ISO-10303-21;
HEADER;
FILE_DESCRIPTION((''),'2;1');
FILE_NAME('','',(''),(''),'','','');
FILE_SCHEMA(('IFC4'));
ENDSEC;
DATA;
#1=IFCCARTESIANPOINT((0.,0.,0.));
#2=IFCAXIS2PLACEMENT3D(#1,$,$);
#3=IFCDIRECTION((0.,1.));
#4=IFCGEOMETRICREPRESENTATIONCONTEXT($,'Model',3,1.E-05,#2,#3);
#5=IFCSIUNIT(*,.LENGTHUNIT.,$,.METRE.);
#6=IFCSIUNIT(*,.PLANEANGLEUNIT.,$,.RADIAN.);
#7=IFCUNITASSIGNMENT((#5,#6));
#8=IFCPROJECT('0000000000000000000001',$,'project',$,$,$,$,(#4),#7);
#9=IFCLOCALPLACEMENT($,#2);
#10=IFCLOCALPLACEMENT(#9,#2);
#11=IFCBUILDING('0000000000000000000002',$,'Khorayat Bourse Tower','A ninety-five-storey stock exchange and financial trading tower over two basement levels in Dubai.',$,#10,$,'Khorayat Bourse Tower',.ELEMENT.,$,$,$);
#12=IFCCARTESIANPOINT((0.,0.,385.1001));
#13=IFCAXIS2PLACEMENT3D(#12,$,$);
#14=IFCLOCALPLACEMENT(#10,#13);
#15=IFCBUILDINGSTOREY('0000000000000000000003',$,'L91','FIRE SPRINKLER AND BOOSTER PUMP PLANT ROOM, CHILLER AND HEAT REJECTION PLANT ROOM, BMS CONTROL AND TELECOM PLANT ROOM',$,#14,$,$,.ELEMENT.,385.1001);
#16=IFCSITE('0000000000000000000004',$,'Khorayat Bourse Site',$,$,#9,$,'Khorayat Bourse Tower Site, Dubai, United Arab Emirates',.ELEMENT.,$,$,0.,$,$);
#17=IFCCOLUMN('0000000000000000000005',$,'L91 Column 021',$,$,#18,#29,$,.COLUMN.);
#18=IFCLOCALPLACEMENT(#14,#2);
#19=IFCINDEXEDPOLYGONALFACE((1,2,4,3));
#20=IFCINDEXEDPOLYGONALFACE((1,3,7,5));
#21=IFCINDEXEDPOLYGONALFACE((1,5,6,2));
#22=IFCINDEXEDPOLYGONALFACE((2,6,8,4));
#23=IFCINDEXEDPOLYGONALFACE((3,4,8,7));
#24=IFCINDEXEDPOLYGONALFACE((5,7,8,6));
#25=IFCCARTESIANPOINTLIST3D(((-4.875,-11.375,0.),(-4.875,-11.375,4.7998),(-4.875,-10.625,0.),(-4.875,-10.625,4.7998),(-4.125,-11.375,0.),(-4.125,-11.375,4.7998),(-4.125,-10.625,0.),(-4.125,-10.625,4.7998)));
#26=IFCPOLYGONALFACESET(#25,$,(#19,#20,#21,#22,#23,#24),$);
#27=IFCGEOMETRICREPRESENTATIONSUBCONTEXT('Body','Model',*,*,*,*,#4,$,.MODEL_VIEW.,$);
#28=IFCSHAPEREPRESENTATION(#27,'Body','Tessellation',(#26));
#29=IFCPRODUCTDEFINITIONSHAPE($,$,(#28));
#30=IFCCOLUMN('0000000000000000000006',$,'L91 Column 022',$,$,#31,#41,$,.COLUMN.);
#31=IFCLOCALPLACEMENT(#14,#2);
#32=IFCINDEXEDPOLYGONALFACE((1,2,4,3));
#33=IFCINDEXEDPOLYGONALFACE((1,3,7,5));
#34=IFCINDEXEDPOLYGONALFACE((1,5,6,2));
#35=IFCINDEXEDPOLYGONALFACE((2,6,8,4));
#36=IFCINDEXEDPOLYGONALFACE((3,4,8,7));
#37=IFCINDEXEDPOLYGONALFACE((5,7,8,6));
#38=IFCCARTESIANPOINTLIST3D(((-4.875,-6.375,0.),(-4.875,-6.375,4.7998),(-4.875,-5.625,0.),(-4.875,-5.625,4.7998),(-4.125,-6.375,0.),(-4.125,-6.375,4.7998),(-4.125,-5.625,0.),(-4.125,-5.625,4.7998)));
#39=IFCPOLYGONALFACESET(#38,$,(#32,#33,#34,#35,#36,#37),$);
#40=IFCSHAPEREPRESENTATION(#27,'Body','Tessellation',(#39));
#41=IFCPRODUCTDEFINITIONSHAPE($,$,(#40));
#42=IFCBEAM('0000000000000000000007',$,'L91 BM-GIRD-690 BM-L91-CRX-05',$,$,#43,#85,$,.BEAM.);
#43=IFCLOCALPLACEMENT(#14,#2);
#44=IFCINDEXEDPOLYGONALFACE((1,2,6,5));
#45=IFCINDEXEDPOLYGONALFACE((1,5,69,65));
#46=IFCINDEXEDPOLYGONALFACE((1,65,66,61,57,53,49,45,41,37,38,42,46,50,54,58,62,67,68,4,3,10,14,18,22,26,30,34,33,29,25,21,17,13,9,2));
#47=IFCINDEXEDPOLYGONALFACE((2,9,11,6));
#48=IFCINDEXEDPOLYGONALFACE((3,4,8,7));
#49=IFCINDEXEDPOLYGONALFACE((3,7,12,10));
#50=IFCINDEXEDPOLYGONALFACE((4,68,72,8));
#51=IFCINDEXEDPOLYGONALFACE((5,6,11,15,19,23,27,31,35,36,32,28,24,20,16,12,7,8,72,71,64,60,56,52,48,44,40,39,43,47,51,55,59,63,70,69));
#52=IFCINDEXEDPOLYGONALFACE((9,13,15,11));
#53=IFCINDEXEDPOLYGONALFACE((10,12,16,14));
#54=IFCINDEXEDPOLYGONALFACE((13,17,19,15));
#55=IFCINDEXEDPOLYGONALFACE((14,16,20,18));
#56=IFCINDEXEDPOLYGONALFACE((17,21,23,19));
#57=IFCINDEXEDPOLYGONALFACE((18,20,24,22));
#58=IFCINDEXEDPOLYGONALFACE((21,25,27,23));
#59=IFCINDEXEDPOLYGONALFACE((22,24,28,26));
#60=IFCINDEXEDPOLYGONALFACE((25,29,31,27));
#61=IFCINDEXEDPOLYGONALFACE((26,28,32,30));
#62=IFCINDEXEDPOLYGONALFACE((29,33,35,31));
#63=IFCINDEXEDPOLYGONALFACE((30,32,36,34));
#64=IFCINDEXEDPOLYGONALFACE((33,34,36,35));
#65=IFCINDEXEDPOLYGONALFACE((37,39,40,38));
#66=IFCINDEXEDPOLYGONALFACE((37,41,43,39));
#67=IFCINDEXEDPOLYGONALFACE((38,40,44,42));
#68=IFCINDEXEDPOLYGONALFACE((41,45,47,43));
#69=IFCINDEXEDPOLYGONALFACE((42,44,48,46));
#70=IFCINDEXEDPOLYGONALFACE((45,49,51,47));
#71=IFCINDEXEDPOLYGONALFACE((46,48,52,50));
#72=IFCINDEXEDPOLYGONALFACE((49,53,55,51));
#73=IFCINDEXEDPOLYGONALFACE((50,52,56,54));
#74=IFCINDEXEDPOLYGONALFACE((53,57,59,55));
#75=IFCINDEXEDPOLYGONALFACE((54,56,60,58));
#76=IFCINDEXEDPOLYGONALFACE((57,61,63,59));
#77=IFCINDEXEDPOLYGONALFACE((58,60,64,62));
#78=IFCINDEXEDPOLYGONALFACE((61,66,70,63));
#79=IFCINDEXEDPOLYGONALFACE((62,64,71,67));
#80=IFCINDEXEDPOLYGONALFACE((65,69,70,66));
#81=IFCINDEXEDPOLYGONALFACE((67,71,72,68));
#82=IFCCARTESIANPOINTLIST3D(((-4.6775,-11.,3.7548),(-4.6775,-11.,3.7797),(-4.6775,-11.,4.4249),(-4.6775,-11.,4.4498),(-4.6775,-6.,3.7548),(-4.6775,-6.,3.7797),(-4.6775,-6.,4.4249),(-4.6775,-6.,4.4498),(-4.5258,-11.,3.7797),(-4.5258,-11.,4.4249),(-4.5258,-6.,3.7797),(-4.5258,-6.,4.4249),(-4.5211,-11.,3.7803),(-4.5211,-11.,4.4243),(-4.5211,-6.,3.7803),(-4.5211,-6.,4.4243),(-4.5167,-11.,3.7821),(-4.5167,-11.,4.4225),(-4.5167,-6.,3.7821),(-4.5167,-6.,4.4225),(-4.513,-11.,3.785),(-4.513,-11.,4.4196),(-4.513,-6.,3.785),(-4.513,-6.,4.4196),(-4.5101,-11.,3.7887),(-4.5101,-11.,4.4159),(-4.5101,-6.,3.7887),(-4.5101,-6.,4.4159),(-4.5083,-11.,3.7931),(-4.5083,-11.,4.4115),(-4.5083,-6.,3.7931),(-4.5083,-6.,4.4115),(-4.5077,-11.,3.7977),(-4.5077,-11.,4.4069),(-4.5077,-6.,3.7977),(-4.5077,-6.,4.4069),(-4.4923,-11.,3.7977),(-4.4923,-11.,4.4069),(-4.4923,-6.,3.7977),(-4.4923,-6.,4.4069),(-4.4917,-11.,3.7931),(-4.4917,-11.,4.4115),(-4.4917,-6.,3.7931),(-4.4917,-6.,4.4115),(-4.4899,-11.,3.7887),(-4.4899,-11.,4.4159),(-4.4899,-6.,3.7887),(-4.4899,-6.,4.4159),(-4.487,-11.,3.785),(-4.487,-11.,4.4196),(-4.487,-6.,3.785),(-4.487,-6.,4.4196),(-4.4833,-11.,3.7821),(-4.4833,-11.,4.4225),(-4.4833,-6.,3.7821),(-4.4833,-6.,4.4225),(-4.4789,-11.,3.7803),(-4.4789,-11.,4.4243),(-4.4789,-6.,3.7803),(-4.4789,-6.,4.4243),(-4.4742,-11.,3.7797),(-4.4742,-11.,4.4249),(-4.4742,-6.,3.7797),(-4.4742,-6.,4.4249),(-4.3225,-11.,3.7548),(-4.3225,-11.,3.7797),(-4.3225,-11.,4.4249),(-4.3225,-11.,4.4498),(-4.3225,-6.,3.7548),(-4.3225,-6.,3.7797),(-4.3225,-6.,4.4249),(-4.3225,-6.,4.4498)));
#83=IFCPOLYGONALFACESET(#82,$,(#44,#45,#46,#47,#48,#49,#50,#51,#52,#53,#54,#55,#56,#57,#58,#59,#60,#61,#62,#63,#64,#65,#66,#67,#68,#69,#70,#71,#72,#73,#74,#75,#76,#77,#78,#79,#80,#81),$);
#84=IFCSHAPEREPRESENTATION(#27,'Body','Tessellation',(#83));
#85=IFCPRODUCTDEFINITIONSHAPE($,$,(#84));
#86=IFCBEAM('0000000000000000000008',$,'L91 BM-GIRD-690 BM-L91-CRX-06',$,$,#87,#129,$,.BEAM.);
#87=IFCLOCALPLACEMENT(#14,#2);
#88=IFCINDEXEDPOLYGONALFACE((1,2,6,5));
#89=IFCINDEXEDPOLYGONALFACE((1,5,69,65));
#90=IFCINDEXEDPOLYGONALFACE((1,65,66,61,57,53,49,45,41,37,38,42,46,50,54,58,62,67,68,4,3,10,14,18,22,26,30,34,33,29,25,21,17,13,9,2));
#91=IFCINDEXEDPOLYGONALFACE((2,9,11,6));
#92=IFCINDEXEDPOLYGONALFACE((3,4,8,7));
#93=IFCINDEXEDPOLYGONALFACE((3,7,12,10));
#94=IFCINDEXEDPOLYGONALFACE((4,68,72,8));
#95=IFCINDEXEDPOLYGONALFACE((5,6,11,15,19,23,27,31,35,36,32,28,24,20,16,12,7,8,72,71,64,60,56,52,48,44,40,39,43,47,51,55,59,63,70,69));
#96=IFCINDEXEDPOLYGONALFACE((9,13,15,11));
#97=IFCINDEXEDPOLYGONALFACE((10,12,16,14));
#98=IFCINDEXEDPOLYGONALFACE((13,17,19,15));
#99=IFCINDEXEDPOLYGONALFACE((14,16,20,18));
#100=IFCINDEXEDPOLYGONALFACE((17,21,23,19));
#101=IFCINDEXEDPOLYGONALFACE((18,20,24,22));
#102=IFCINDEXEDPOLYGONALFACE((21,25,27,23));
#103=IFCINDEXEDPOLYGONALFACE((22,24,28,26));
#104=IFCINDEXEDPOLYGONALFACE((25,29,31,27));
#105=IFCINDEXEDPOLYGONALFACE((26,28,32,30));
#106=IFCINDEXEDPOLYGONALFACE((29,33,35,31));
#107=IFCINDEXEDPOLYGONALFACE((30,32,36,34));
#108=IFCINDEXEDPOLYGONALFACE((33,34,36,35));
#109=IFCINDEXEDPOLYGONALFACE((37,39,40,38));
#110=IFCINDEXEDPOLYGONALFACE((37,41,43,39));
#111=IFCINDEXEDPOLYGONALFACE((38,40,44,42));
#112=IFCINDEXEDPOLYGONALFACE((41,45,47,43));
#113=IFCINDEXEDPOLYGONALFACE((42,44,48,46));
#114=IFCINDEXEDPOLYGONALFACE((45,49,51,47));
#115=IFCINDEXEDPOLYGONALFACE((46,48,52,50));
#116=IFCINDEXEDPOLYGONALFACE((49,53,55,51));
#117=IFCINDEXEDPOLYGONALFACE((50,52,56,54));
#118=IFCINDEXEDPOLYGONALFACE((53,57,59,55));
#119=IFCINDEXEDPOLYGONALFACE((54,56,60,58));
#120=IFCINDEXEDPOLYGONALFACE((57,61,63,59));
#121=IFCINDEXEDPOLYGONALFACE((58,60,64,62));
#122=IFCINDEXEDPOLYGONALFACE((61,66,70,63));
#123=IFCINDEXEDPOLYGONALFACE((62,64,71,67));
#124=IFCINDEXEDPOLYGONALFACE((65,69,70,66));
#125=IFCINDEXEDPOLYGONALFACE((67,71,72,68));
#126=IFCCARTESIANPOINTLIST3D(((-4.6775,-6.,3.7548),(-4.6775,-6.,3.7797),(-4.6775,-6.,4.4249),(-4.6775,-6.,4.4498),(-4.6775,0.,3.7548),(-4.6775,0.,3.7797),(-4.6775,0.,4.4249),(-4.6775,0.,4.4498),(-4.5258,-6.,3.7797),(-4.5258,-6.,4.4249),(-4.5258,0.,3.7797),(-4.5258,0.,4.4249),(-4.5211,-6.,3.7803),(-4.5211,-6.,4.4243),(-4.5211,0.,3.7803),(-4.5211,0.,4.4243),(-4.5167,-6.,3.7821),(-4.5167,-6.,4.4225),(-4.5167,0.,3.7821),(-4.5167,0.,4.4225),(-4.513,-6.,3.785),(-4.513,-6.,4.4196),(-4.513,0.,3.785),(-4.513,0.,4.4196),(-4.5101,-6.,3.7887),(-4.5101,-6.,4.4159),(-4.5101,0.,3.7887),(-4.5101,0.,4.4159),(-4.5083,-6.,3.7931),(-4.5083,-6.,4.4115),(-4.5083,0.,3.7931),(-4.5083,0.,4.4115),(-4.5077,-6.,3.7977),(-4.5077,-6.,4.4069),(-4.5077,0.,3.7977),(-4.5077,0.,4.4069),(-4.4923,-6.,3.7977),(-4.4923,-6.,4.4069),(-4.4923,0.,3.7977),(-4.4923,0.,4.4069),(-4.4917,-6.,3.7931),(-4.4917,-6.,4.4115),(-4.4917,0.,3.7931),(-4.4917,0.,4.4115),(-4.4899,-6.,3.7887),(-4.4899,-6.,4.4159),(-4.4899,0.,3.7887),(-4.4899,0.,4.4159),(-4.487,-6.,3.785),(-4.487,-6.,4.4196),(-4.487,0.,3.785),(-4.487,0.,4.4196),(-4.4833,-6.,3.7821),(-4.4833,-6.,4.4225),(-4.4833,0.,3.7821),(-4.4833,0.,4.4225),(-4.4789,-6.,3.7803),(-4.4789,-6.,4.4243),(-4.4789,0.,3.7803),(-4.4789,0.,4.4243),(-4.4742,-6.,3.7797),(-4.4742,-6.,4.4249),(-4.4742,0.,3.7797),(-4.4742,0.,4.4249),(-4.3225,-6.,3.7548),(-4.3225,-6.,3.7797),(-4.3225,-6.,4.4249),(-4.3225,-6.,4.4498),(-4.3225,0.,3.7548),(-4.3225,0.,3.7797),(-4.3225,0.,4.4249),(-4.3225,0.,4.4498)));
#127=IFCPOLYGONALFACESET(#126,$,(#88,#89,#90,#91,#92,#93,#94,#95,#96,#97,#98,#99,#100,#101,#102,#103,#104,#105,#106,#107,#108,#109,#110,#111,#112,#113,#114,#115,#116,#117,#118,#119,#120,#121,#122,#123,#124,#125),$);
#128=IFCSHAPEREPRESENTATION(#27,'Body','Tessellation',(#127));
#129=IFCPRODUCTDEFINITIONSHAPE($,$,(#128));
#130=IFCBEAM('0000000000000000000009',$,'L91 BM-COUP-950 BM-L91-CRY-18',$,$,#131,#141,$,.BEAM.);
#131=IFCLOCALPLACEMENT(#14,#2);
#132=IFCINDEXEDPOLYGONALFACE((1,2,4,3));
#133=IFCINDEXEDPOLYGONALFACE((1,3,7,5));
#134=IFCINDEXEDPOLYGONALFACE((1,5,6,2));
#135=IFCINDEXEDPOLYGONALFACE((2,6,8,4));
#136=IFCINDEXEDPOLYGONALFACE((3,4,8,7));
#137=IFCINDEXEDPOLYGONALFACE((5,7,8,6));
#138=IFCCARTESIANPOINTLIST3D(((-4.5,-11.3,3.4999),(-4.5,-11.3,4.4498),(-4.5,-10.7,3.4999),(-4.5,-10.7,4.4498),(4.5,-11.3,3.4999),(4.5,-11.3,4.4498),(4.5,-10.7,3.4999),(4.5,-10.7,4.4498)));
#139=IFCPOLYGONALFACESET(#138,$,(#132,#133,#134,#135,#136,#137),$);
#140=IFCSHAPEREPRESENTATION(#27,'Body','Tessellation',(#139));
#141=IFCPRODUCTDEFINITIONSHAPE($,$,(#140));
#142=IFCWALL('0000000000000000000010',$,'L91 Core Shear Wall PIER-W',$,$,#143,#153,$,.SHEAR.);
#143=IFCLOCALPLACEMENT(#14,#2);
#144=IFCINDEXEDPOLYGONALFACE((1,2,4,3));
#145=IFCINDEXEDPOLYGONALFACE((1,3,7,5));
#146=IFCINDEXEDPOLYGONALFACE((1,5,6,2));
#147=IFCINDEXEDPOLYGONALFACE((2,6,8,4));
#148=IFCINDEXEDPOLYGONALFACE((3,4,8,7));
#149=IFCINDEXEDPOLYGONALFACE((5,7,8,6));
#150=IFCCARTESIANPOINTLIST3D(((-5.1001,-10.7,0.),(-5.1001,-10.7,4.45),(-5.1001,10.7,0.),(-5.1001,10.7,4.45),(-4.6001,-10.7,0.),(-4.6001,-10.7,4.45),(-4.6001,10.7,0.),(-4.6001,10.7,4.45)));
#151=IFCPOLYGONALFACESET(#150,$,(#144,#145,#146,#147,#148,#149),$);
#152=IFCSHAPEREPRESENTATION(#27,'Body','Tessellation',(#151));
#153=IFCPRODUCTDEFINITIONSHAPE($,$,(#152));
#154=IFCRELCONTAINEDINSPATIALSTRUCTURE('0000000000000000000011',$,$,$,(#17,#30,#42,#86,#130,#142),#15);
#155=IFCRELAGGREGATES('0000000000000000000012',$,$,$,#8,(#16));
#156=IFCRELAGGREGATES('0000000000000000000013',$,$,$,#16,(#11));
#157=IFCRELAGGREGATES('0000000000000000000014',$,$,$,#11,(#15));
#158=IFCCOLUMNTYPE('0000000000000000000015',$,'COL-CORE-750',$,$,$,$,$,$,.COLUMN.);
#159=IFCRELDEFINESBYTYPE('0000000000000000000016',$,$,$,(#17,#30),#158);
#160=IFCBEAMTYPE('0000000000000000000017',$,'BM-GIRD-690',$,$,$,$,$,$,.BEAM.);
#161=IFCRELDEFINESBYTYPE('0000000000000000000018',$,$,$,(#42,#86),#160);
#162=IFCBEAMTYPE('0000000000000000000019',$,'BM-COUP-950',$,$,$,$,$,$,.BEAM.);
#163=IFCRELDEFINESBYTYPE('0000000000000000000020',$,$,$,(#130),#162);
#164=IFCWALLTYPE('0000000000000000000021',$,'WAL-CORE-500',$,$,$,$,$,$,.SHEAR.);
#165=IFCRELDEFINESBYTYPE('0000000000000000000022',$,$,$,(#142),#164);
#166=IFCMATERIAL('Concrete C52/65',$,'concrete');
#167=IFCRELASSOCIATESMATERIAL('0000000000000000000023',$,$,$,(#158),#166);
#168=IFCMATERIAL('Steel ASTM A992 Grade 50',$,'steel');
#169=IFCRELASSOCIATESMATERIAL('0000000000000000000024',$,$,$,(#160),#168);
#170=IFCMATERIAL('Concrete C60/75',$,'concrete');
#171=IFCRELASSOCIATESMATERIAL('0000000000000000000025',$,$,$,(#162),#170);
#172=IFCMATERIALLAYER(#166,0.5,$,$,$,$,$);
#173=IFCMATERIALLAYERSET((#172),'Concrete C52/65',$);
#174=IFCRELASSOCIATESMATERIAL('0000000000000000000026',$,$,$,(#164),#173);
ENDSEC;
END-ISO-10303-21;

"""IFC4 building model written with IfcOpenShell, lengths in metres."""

from ifc_helpers import new_model, si_unit, direction, frame, frame_2d, origin, origin_2d, place, context, subcontext, project, spatial, rectangle, i_section, extrude, source, transform, mapped, material, layer, layer_set, material_profile, profile_set, type_object, element, save


model = new_model("IFC4")

# Units and contexts
model_context = context("Model", 3, precision=1e-05, world=origin(), true_north=direction((0.0, 1.0)))
body_context = subcontext(model_context, "Body", "Model", "MODEL_VIEW")
ifc_project = project(units=[si_unit("LENGTHUNIT", "METRE"), si_unit("PLANEANGLEUNIT", "RADIAN")], contexts=[model_context])

# Site, building, storey
site_placement = place(None, origin())
site = spatial("IfcSite", under=ifc_project, at=site_placement, Name="Khorayat Bourse Site", LongName="Khorayat Bourse Tower Site, Dubai, United Arab Emirates", CompositionType="ELEMENT", RefElevation=0.0)
building_placement = place(site_placement, origin())
building = spatial("IfcBuilding", under=site, at=building_placement, Name="Khorayat Bourse Tower", Description="A ninety-five-storey stock exchange and financial trading tower over two basement levels in Dubai.", LongName="Khorayat Bourse Tower", CompositionType="ELEMENT")
storey_placement = place(building_placement, frame((0.0, 0.0, 385.1001)))
storey = spatial("IfcBuildingStorey", under=building, at=storey_placement, Name="L91", Description="FIRE SPRINKLER AND BOOSTER PUMP PLANT ROOM, CHILLER AND HEAT REJECTION PLANT ROOM, BMS CONTROL AND TELECOM PLANT ROOM", CompositionType="ELEMENT", Elevation=385.1001)

# Columns
ifc_material_1 = material(Name="Concrete C52/65", Category="concrete")
ifc_material_profile_1 = material_profile(ifc_material_1, rectangle(XDim=0.75, YDim=0.75, at=origin_2d()), Name="RC 750x750")
ifc_profile_set_1 = profile_set([ifc_material_profile_1], Name="Concrete C52/65")
column_type = type_object("IfcColumnType", Name="COL-CORE-750", PredefinedType="COLUMN", material=ifc_profile_set_1)
shared_shape_1 = source(origin(), body_context, "Body", "SweptSolid", [
    extrude(rectangle(XDim=0.75, YDim=0.75, at=origin_2d()), origin(), (0.0, 0.0, 1.0), 4.7998),
])
for number, where, z_axis, x_axis, name in (
    (1, (-4.5, -11.0, 0.0), (0.0, 0.0, 1.0), (1.0, 0.0, 0.0), "L91 Column 021"),
    (2, (-4.5, -6.0, 0.0), (0.0, 0.0, 1.0), (1.0, 0.0, 0.0), "L91 Column 022"),
):
    element("IfcColumn", number, at=place(storey_placement, frame(where, z_axis=z_axis, x_axis=x_axis)), inside=storey, type_object=column_type, Name=name, PredefinedType="COLUMN", context=body_context, shape_type="MappedRepresentation", body=[
        mapped(shared_shape_1, transform((0.0, 0.0, 0.0), scale=1.0)),
    ])

# Beams
ifc_material_2 = material(Name="Steel ASTM A992 Grade 50", Category="steel")
ifc_material_profile_2 = material_profile(ifc_material_2, i_section(OverallWidth=0.355, OverallDepth=0.6951, WebThickness=0.0154, FlangeThickness=0.0249, FilletRadius=0.0181, at=origin_2d()), Name="W690X217")
ifc_profile_set_2 = profile_set([ifc_material_profile_2], Name="Steel ASTM A992 Grade 50")
beam_type_1 = type_object("IfcBeamType", Name="BM-GIRD-690", PredefinedType="BEAM", material=ifc_profile_set_2)
shared_shape_2 = source(origin(), body_context, "Body", "SweptSolid", [
    extrude(i_section(OverallWidth=0.355, OverallDepth=0.6951, WebThickness=0.0154, FlangeThickness=0.0249, FilletRadius=0.0181, at=origin_2d()), origin(), (0.0, 0.0, 1.0), 5.0),
])
beam_1_placement = place(storey_placement, frame((-4.5, -11.0, 4.1023), z_axis=(0.0, 1.0, 0.0), x_axis=(-1.0, 0.0, 0.0)))
element("IfcBeam", 3, at=beam_1_placement, inside=storey, type_object=beam_type_1, Name="L91 BM-GIRD-690 BM-L91-CRX-05", PredefinedType="BEAM", context=body_context, shape_type="MappedRepresentation", body=[
    mapped(shared_shape_2, transform((0.0, 0.0, 0.0), scale=1.0)),
])
shared_shape_3 = source(origin(), body_context, "Body", "SweptSolid", [
    extrude(i_section(OverallWidth=0.355, OverallDepth=0.6951, WebThickness=0.0154, FlangeThickness=0.0249, FilletRadius=0.0181, at=origin_2d()), origin(), (0.0, 0.0, 1.0), 6.0),
])
beam_2_placement = place(storey_placement, frame((-4.5, -6.0, 4.1023), z_axis=(0.0, 1.0, 0.0), x_axis=(-1.0, 0.0, 0.0)))
element("IfcBeam", 4, at=beam_2_placement, inside=storey, type_object=beam_type_1, Name="L91 BM-GIRD-690 BM-L91-CRX-06", PredefinedType="BEAM", context=body_context, shape_type="MappedRepresentation", body=[
    mapped(shared_shape_3, transform((0.0, 0.0, 0.0), scale=1.0)),
])
ifc_material_3 = material(Name="Concrete C60/75", Category="concrete")
ifc_material_profile_3 = material_profile(ifc_material_3, rectangle(XDim=0.6001, YDim=0.95, at=origin_2d()), Name="RC 600x950")
ifc_profile_set_3 = profile_set([ifc_material_profile_3], Name="Concrete C60/75")
beam_type_2 = type_object("IfcBeamType", Name="BM-COUP-950", PredefinedType="BEAM", material=ifc_profile_set_3)
shared_shape_4 = source(origin(), body_context, "Body", "SweptSolid", [
    extrude(rectangle(XDim=0.6001, YDim=0.95, at=origin_2d()), origin(), (0.0, 0.0, 1.0), 9.0),
])
beam_3_placement = place(storey_placement, frame((-4.5, -11.0, 3.9749), z_axis=(1.0, 0.0, 0.0), x_axis=(0.0, 1.0, 0.0)))
element("IfcBeam", 5, at=beam_3_placement, inside=storey, type_object=beam_type_2, Name="L91 BM-COUP-950 BM-L91-CRY-18", PredefinedType="BEAM", context=body_context, shape_type="MappedRepresentation", body=[
    mapped(shared_shape_4, transform((0.0, 0.0, 0.0), scale=1.0)),
])

# Wall
ifc_layer_1 = layer(ifc_material_1, 0.5)
ifc_layer_set_1 = layer_set([ifc_layer_1], Name="Concrete C52/65")
wall_type_1 = type_object("IfcWallType", Name="WAL-CORE-500", PredefinedType="SHEAR", material=ifc_layer_set_1)
shared_shape_5 = source(origin(), body_context, "Body", "SweptSolid", [
    extrude(rectangle(XDim=21.3999, YDim=0.5, at=frame_2d((10.7, 0.0))), origin(), (0.0, 0.0, 1.0), 4.45),
])
wall_1_placement = place(storey_placement, frame((-4.8501, -10.7, 0.0), z_axis=(0.0, 0.0, 1.0), x_axis=(0.0, 1.0, 0.0)))
element("IfcWall", 6, at=wall_1_placement, inside=storey, type_object=wall_type_1, Name="L91 Core Shear Wall PIER-W", PredefinedType="SHEAR", context=body_context, shape_type="MappedRepresentation", body=[
    mapped(shared_shape_5, transform((0.0, 0.0, 0.0), scale=1.0)),
])

save(model, "model.ifc")
